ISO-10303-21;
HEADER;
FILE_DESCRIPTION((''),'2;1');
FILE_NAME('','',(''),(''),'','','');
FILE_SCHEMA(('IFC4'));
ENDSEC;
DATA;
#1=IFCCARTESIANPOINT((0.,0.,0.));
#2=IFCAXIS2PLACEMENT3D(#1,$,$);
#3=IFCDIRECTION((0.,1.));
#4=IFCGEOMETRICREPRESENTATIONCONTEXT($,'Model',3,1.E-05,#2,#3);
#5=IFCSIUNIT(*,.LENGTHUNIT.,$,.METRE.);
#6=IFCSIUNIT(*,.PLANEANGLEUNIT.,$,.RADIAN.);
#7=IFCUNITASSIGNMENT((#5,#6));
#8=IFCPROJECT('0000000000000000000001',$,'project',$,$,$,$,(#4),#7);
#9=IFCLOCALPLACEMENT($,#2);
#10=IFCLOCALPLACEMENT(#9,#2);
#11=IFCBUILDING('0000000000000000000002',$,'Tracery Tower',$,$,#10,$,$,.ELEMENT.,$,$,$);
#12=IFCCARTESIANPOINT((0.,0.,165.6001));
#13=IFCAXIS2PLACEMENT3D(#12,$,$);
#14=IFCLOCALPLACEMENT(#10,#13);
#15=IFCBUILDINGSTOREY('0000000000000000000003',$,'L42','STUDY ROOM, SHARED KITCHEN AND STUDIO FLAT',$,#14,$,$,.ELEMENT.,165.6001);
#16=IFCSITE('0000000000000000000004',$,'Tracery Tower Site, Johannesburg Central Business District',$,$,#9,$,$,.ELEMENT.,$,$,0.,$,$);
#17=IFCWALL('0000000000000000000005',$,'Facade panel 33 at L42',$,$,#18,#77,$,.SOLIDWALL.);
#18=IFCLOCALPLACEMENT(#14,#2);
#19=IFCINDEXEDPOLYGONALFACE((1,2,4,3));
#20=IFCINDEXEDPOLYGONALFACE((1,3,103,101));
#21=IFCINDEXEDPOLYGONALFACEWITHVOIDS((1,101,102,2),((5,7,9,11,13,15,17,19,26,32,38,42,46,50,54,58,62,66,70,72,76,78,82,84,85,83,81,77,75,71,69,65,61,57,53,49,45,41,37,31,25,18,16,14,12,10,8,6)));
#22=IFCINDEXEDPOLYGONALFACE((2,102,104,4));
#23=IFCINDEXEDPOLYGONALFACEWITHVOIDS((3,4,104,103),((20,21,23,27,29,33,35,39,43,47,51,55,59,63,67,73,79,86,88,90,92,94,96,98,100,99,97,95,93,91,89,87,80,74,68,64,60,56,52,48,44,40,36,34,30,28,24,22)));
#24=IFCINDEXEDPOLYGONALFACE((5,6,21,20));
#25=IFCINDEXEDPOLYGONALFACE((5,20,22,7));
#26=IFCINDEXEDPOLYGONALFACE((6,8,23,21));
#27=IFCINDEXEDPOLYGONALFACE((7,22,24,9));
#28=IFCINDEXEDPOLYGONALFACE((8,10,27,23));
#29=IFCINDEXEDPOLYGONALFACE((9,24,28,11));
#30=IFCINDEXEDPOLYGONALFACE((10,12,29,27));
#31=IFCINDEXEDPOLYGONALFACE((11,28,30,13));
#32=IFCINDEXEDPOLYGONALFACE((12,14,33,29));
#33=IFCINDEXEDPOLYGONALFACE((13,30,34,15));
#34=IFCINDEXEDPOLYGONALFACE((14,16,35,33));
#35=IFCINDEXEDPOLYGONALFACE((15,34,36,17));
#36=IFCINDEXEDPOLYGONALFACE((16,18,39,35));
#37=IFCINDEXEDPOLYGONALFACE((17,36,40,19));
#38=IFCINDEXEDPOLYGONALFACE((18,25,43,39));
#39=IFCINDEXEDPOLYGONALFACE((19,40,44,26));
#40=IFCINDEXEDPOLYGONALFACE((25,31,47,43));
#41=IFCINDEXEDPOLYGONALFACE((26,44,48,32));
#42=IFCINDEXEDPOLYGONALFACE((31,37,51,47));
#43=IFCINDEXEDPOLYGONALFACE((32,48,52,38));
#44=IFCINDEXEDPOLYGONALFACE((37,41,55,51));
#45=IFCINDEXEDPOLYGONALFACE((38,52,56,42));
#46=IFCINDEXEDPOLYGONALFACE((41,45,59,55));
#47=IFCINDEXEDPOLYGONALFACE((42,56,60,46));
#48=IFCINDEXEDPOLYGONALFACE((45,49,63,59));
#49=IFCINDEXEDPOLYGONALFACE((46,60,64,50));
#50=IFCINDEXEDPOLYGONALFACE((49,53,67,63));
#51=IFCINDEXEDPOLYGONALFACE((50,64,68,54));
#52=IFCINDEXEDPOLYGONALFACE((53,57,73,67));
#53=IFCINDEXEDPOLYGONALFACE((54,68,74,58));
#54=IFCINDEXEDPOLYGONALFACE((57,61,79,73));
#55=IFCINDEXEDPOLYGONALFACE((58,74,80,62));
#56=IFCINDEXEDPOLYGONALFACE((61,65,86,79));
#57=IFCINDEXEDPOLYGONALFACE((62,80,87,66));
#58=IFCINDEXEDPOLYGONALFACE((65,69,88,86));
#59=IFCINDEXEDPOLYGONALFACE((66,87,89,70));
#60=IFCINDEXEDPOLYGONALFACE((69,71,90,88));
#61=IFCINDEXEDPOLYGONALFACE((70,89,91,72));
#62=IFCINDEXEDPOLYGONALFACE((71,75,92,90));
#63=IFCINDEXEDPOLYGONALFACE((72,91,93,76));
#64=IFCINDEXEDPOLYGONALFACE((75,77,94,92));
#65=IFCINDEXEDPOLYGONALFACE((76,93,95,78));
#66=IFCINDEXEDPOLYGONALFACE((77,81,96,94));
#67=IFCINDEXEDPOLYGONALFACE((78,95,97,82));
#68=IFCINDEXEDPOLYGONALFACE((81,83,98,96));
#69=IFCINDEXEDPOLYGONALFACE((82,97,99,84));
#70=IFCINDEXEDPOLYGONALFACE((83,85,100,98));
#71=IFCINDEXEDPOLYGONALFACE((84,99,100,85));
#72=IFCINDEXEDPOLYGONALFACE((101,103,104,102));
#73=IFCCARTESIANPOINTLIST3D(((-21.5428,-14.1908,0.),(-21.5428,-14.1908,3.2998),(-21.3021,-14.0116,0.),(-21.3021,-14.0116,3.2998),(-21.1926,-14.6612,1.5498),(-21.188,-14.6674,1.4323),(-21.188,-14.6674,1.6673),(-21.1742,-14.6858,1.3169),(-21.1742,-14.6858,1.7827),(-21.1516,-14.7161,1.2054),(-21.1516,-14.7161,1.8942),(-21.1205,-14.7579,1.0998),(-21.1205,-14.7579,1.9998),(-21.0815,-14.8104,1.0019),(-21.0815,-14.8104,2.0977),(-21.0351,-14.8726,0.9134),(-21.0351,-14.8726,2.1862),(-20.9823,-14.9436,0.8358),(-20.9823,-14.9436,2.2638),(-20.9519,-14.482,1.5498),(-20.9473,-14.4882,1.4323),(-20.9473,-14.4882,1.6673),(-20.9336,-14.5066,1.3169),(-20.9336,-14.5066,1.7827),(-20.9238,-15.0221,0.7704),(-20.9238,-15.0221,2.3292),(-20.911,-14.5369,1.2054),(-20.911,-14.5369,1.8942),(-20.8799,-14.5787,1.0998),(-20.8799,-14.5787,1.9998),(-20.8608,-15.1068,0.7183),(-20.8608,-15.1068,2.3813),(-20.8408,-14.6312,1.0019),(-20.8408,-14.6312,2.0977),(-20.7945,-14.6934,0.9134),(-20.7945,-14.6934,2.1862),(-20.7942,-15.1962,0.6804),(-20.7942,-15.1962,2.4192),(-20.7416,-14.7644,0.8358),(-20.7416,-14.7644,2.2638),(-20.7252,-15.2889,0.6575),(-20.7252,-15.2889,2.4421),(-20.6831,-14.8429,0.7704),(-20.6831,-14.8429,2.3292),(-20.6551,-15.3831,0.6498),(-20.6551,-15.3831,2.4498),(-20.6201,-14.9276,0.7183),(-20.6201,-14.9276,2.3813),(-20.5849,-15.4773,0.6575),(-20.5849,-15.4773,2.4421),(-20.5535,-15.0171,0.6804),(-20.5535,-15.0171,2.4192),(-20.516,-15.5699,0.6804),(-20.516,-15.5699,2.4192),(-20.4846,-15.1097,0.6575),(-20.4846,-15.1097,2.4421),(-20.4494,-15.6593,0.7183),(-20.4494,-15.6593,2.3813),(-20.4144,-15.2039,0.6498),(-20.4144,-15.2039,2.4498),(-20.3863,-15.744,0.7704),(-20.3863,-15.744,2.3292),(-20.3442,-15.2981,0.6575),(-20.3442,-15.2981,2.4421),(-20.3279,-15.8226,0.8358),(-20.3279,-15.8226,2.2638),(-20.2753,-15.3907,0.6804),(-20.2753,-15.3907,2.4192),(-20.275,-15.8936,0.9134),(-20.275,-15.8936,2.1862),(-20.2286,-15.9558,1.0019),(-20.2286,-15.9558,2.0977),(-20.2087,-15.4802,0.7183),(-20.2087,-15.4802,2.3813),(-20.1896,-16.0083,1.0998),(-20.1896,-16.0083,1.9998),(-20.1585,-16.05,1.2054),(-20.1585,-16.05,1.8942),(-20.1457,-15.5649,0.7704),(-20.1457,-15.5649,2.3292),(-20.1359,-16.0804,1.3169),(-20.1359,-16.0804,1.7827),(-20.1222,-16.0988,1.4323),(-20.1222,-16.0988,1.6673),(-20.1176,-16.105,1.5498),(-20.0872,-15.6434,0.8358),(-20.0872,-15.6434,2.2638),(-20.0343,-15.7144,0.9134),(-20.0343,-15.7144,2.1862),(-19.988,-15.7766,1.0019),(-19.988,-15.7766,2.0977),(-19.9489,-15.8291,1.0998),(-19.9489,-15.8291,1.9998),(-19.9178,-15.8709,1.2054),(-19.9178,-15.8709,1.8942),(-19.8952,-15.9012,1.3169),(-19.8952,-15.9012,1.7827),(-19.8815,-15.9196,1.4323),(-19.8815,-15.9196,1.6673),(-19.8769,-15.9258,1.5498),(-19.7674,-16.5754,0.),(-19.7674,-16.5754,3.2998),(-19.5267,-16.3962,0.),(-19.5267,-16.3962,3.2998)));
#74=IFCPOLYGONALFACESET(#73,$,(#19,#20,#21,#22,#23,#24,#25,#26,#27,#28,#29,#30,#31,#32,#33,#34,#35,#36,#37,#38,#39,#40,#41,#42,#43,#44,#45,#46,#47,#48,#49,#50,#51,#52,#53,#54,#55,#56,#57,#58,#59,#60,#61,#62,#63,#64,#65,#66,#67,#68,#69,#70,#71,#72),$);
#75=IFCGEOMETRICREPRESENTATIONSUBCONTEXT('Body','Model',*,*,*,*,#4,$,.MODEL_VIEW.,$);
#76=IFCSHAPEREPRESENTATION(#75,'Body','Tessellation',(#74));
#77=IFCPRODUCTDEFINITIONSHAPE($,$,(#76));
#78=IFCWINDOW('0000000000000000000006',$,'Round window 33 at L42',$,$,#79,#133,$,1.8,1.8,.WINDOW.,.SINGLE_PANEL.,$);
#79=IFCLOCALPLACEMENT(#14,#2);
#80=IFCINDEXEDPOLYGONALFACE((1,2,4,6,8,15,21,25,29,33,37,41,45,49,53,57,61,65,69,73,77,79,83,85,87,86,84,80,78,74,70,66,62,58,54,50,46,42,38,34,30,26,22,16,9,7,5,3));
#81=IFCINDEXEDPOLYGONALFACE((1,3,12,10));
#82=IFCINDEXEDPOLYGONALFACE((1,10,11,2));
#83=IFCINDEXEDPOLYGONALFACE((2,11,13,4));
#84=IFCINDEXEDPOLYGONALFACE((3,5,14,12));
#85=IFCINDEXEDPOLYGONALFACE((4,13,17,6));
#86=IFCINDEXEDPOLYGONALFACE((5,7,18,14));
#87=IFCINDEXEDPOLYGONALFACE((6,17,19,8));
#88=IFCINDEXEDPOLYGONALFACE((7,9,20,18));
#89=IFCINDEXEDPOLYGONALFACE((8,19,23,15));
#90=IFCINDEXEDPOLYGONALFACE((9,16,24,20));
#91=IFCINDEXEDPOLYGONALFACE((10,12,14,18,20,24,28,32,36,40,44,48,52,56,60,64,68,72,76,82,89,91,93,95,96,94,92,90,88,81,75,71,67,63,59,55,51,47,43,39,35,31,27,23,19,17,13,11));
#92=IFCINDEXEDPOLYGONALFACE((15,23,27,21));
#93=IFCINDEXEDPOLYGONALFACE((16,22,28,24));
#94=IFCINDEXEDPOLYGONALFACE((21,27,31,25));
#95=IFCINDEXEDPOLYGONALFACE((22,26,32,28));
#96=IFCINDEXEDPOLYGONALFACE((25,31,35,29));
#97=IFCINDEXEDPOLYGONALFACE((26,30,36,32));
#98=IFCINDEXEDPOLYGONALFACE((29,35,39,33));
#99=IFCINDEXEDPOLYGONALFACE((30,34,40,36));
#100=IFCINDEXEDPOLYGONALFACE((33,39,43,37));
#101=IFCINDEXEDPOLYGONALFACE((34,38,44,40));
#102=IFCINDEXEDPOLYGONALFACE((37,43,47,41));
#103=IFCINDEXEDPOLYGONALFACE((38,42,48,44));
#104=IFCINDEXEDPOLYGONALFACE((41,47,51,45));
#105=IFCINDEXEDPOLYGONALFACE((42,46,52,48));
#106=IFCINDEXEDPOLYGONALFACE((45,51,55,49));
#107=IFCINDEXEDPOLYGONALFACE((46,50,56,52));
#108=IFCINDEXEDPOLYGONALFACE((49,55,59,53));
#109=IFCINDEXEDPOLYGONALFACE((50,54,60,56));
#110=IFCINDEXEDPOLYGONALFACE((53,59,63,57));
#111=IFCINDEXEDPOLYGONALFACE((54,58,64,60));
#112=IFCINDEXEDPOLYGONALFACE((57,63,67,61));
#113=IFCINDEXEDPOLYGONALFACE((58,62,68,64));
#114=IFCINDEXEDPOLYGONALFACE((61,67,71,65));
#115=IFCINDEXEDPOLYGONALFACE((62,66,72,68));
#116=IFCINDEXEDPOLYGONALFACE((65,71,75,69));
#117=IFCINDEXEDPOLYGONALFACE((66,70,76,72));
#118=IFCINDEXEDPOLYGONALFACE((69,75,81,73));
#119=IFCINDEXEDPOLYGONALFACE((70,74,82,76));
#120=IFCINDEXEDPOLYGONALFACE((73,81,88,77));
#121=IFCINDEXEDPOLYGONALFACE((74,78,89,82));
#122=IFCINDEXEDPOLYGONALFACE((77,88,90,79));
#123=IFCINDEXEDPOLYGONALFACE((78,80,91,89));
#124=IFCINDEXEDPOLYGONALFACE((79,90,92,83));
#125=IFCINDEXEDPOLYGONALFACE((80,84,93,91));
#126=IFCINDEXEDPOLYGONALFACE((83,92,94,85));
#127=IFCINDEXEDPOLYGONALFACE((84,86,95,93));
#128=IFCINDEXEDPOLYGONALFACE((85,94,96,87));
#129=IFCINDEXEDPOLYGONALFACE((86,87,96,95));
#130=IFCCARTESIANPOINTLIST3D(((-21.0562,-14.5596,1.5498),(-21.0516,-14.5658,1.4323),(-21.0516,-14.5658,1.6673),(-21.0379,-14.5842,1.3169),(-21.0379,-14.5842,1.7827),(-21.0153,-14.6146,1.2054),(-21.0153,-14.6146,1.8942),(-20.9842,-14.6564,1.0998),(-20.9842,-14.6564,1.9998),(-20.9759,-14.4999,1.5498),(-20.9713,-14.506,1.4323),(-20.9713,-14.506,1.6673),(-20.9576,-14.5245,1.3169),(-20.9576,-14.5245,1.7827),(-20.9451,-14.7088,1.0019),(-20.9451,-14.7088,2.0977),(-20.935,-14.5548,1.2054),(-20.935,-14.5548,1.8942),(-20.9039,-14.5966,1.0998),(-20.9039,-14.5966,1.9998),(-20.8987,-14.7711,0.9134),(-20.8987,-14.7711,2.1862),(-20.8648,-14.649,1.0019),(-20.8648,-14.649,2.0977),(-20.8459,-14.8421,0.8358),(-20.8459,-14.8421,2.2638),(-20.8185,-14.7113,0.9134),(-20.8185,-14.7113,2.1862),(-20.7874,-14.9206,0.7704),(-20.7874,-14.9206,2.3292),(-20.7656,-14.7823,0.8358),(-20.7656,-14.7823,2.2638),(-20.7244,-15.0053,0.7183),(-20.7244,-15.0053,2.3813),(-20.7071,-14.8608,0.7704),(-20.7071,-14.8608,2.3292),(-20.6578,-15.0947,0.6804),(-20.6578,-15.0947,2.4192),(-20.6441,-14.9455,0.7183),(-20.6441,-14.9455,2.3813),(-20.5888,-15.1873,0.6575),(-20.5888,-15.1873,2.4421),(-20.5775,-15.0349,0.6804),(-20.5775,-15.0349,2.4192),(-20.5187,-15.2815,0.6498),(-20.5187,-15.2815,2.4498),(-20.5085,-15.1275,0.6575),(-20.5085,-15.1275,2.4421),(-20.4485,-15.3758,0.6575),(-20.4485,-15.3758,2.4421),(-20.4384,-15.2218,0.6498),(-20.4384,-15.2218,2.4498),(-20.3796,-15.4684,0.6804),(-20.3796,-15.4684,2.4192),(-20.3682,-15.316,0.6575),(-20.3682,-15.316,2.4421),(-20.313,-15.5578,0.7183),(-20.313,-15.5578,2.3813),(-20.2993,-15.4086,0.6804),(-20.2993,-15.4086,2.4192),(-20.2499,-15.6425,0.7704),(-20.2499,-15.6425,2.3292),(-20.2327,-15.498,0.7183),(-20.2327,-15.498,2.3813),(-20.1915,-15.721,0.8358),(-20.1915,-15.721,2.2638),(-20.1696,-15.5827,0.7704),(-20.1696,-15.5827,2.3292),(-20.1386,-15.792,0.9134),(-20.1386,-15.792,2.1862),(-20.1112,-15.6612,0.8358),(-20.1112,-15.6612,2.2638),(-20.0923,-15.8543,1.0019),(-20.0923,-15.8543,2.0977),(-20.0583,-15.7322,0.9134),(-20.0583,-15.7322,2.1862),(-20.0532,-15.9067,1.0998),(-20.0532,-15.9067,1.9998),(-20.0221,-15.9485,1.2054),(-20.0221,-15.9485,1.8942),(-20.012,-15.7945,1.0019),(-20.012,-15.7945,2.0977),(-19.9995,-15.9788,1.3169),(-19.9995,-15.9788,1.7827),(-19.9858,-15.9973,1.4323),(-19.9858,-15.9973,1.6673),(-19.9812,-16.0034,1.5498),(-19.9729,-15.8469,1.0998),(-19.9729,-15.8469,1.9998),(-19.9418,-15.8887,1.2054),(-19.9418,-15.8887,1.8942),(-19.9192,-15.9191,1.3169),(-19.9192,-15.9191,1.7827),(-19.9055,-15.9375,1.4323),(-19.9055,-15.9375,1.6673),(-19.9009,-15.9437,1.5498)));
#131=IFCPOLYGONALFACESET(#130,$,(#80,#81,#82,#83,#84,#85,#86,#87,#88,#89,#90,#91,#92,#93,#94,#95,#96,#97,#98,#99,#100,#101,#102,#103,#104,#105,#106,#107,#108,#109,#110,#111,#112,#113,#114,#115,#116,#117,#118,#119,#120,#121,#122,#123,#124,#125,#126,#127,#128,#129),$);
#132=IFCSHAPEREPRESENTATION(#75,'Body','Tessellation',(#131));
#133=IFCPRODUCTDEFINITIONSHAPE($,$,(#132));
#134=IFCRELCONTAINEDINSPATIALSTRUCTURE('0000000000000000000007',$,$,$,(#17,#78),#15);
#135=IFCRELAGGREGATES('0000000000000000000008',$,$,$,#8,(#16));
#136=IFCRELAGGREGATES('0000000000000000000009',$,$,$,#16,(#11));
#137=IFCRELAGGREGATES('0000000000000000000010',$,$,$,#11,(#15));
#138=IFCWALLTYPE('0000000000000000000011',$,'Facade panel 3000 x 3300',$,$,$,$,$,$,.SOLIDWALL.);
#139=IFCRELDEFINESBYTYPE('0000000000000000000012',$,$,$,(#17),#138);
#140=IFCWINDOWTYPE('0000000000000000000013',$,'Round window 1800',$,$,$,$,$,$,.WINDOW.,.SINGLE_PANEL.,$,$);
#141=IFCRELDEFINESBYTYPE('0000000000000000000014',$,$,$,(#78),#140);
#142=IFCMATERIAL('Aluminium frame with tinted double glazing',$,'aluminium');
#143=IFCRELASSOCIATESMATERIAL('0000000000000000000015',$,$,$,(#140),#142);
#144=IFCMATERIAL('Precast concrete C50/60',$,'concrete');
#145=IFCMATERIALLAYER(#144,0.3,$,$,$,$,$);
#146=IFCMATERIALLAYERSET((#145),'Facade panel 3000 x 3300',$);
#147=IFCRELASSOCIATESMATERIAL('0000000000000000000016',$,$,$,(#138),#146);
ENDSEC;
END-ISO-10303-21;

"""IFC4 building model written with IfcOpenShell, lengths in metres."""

from ifc_helpers import new_model, si_unit, direction, frame, frame_2d, origin, origin_2d, place, context, subcontext, project, spatial, rectangle, circle, extrude, material, layer, layer_set, type_object, element, fill, save


model = new_model("IFC4")

# Units and contexts
model_context = context("Model", 3, precision=1e-05, world=origin(), true_north=direction((0.0, 1.0)))
body_context = subcontext(model_context, "Body", "Model", "MODEL_VIEW")
ifc_project = project(units=[si_unit("LENGTHUNIT", "METRE"), si_unit("PLANEANGLEUNIT", "RADIAN")], contexts=[model_context])

# Site, building, storey
site_placement = place(None, origin())
site = spatial("IfcSite", under=ifc_project, at=site_placement, Name="Tracery Tower Site, Johannesburg Central Business District", CompositionType="ELEMENT", RefElevation=0.0)
building_placement = place(site_placement, origin())
building = spatial("IfcBuilding", under=site, at=building_placement, Name="Tracery Tower", CompositionType="ELEMENT")
storey_placement = place(building_placement, frame((0.0, 0.0, 165.6001)))
storey = spatial("IfcBuildingStorey", under=building, at=storey_placement, Name="L42", Description="STUDY ROOM, SHARED KITCHEN AND STUDIO FLAT", CompositionType="ELEMENT", Elevation=165.6001)

# Wall, opening, window
ifc_material_1 = material(Name="Aluminium frame with tinted double glazing", Category="aluminium")
window_type = type_object("IfcWindowType", Name="Round window 1800", PartitioningType="SINGLE_PANEL", PredefinedType="WINDOW", material=ifc_material_1)
ifc_material_2 = material(Name="Precast concrete C50/60", Category="concrete")
ifc_layer_1 = layer(ifc_material_2, 0.3)
ifc_layer_set_1 = layer_set([ifc_layer_1], Name="Facade panel 3000 x 3300")
wall_type_1 = type_object("IfcWallType", Name="Facade panel 3000 x 3300", PredefinedType="SOLIDWALL", material=ifc_layer_set_1)
wall_1_placement = place(storey_placement, frame((-21.4224, -14.1013, 0.0), z_axis=(0.0, 0.0, 1.0), x_axis=(0.597198, -0.802094, 0.0)))
wall_1 = element("IfcWall", 1, at=wall_1_placement, inside=storey, type_object=wall_type_1, Name="Facade panel 33 at L42", PredefinedType="SOLIDWALL", context=body_context, shape_type="SweptSolid", body=[
    extrude(rectangle(XDim=2.9729, YDim=0.3, at=frame_2d((1.4863, 0.0))), origin(), (0.0, 0.0, 1.0), 3.2998),
])
opening_1_placement = place(wall_1_placement, frame((1.4863, 0.0, 1.5498)))
opening_1 = element("IfcOpeningElement", 2, at=opening_1_placement, cuts=wall_1, PredefinedType="OPENING", context=body_context, shape_type="SweptSolid", body=[
    extrude(circle(Radius=0.9, at=origin_2d()), frame((0.0, 0.1599, 0.0), z_axis=(0.0, -1.0, 0.0), x_axis=(1.0, 0.0, 0.0)), (0.0, 0.0, 1.0), 0.3201),
])
window_1_placement = place(opening_1_placement, origin())
window_1 = element("IfcWindow", 3, at=window_1_placement, inside=storey, type_object=window_type, Name="Round window 33 at L42", OverallHeight=1.8, OverallWidth=1.8, PartitioningType="SINGLE_PANEL", PredefinedType="WINDOW", context=body_context, shape_type="SweptSolid", body=[
    extrude(circle(Radius=0.9, at=origin_2d()), frame((0.0, 0.1201, 0.0), z_axis=(0.0, -1.0, 0.0), x_axis=(1.0, 0.0, 0.0)), (0.0, 0.0, 1.0), 0.1001),
])
fill(opening_1, window_1)

save(model, "model.ifc")
